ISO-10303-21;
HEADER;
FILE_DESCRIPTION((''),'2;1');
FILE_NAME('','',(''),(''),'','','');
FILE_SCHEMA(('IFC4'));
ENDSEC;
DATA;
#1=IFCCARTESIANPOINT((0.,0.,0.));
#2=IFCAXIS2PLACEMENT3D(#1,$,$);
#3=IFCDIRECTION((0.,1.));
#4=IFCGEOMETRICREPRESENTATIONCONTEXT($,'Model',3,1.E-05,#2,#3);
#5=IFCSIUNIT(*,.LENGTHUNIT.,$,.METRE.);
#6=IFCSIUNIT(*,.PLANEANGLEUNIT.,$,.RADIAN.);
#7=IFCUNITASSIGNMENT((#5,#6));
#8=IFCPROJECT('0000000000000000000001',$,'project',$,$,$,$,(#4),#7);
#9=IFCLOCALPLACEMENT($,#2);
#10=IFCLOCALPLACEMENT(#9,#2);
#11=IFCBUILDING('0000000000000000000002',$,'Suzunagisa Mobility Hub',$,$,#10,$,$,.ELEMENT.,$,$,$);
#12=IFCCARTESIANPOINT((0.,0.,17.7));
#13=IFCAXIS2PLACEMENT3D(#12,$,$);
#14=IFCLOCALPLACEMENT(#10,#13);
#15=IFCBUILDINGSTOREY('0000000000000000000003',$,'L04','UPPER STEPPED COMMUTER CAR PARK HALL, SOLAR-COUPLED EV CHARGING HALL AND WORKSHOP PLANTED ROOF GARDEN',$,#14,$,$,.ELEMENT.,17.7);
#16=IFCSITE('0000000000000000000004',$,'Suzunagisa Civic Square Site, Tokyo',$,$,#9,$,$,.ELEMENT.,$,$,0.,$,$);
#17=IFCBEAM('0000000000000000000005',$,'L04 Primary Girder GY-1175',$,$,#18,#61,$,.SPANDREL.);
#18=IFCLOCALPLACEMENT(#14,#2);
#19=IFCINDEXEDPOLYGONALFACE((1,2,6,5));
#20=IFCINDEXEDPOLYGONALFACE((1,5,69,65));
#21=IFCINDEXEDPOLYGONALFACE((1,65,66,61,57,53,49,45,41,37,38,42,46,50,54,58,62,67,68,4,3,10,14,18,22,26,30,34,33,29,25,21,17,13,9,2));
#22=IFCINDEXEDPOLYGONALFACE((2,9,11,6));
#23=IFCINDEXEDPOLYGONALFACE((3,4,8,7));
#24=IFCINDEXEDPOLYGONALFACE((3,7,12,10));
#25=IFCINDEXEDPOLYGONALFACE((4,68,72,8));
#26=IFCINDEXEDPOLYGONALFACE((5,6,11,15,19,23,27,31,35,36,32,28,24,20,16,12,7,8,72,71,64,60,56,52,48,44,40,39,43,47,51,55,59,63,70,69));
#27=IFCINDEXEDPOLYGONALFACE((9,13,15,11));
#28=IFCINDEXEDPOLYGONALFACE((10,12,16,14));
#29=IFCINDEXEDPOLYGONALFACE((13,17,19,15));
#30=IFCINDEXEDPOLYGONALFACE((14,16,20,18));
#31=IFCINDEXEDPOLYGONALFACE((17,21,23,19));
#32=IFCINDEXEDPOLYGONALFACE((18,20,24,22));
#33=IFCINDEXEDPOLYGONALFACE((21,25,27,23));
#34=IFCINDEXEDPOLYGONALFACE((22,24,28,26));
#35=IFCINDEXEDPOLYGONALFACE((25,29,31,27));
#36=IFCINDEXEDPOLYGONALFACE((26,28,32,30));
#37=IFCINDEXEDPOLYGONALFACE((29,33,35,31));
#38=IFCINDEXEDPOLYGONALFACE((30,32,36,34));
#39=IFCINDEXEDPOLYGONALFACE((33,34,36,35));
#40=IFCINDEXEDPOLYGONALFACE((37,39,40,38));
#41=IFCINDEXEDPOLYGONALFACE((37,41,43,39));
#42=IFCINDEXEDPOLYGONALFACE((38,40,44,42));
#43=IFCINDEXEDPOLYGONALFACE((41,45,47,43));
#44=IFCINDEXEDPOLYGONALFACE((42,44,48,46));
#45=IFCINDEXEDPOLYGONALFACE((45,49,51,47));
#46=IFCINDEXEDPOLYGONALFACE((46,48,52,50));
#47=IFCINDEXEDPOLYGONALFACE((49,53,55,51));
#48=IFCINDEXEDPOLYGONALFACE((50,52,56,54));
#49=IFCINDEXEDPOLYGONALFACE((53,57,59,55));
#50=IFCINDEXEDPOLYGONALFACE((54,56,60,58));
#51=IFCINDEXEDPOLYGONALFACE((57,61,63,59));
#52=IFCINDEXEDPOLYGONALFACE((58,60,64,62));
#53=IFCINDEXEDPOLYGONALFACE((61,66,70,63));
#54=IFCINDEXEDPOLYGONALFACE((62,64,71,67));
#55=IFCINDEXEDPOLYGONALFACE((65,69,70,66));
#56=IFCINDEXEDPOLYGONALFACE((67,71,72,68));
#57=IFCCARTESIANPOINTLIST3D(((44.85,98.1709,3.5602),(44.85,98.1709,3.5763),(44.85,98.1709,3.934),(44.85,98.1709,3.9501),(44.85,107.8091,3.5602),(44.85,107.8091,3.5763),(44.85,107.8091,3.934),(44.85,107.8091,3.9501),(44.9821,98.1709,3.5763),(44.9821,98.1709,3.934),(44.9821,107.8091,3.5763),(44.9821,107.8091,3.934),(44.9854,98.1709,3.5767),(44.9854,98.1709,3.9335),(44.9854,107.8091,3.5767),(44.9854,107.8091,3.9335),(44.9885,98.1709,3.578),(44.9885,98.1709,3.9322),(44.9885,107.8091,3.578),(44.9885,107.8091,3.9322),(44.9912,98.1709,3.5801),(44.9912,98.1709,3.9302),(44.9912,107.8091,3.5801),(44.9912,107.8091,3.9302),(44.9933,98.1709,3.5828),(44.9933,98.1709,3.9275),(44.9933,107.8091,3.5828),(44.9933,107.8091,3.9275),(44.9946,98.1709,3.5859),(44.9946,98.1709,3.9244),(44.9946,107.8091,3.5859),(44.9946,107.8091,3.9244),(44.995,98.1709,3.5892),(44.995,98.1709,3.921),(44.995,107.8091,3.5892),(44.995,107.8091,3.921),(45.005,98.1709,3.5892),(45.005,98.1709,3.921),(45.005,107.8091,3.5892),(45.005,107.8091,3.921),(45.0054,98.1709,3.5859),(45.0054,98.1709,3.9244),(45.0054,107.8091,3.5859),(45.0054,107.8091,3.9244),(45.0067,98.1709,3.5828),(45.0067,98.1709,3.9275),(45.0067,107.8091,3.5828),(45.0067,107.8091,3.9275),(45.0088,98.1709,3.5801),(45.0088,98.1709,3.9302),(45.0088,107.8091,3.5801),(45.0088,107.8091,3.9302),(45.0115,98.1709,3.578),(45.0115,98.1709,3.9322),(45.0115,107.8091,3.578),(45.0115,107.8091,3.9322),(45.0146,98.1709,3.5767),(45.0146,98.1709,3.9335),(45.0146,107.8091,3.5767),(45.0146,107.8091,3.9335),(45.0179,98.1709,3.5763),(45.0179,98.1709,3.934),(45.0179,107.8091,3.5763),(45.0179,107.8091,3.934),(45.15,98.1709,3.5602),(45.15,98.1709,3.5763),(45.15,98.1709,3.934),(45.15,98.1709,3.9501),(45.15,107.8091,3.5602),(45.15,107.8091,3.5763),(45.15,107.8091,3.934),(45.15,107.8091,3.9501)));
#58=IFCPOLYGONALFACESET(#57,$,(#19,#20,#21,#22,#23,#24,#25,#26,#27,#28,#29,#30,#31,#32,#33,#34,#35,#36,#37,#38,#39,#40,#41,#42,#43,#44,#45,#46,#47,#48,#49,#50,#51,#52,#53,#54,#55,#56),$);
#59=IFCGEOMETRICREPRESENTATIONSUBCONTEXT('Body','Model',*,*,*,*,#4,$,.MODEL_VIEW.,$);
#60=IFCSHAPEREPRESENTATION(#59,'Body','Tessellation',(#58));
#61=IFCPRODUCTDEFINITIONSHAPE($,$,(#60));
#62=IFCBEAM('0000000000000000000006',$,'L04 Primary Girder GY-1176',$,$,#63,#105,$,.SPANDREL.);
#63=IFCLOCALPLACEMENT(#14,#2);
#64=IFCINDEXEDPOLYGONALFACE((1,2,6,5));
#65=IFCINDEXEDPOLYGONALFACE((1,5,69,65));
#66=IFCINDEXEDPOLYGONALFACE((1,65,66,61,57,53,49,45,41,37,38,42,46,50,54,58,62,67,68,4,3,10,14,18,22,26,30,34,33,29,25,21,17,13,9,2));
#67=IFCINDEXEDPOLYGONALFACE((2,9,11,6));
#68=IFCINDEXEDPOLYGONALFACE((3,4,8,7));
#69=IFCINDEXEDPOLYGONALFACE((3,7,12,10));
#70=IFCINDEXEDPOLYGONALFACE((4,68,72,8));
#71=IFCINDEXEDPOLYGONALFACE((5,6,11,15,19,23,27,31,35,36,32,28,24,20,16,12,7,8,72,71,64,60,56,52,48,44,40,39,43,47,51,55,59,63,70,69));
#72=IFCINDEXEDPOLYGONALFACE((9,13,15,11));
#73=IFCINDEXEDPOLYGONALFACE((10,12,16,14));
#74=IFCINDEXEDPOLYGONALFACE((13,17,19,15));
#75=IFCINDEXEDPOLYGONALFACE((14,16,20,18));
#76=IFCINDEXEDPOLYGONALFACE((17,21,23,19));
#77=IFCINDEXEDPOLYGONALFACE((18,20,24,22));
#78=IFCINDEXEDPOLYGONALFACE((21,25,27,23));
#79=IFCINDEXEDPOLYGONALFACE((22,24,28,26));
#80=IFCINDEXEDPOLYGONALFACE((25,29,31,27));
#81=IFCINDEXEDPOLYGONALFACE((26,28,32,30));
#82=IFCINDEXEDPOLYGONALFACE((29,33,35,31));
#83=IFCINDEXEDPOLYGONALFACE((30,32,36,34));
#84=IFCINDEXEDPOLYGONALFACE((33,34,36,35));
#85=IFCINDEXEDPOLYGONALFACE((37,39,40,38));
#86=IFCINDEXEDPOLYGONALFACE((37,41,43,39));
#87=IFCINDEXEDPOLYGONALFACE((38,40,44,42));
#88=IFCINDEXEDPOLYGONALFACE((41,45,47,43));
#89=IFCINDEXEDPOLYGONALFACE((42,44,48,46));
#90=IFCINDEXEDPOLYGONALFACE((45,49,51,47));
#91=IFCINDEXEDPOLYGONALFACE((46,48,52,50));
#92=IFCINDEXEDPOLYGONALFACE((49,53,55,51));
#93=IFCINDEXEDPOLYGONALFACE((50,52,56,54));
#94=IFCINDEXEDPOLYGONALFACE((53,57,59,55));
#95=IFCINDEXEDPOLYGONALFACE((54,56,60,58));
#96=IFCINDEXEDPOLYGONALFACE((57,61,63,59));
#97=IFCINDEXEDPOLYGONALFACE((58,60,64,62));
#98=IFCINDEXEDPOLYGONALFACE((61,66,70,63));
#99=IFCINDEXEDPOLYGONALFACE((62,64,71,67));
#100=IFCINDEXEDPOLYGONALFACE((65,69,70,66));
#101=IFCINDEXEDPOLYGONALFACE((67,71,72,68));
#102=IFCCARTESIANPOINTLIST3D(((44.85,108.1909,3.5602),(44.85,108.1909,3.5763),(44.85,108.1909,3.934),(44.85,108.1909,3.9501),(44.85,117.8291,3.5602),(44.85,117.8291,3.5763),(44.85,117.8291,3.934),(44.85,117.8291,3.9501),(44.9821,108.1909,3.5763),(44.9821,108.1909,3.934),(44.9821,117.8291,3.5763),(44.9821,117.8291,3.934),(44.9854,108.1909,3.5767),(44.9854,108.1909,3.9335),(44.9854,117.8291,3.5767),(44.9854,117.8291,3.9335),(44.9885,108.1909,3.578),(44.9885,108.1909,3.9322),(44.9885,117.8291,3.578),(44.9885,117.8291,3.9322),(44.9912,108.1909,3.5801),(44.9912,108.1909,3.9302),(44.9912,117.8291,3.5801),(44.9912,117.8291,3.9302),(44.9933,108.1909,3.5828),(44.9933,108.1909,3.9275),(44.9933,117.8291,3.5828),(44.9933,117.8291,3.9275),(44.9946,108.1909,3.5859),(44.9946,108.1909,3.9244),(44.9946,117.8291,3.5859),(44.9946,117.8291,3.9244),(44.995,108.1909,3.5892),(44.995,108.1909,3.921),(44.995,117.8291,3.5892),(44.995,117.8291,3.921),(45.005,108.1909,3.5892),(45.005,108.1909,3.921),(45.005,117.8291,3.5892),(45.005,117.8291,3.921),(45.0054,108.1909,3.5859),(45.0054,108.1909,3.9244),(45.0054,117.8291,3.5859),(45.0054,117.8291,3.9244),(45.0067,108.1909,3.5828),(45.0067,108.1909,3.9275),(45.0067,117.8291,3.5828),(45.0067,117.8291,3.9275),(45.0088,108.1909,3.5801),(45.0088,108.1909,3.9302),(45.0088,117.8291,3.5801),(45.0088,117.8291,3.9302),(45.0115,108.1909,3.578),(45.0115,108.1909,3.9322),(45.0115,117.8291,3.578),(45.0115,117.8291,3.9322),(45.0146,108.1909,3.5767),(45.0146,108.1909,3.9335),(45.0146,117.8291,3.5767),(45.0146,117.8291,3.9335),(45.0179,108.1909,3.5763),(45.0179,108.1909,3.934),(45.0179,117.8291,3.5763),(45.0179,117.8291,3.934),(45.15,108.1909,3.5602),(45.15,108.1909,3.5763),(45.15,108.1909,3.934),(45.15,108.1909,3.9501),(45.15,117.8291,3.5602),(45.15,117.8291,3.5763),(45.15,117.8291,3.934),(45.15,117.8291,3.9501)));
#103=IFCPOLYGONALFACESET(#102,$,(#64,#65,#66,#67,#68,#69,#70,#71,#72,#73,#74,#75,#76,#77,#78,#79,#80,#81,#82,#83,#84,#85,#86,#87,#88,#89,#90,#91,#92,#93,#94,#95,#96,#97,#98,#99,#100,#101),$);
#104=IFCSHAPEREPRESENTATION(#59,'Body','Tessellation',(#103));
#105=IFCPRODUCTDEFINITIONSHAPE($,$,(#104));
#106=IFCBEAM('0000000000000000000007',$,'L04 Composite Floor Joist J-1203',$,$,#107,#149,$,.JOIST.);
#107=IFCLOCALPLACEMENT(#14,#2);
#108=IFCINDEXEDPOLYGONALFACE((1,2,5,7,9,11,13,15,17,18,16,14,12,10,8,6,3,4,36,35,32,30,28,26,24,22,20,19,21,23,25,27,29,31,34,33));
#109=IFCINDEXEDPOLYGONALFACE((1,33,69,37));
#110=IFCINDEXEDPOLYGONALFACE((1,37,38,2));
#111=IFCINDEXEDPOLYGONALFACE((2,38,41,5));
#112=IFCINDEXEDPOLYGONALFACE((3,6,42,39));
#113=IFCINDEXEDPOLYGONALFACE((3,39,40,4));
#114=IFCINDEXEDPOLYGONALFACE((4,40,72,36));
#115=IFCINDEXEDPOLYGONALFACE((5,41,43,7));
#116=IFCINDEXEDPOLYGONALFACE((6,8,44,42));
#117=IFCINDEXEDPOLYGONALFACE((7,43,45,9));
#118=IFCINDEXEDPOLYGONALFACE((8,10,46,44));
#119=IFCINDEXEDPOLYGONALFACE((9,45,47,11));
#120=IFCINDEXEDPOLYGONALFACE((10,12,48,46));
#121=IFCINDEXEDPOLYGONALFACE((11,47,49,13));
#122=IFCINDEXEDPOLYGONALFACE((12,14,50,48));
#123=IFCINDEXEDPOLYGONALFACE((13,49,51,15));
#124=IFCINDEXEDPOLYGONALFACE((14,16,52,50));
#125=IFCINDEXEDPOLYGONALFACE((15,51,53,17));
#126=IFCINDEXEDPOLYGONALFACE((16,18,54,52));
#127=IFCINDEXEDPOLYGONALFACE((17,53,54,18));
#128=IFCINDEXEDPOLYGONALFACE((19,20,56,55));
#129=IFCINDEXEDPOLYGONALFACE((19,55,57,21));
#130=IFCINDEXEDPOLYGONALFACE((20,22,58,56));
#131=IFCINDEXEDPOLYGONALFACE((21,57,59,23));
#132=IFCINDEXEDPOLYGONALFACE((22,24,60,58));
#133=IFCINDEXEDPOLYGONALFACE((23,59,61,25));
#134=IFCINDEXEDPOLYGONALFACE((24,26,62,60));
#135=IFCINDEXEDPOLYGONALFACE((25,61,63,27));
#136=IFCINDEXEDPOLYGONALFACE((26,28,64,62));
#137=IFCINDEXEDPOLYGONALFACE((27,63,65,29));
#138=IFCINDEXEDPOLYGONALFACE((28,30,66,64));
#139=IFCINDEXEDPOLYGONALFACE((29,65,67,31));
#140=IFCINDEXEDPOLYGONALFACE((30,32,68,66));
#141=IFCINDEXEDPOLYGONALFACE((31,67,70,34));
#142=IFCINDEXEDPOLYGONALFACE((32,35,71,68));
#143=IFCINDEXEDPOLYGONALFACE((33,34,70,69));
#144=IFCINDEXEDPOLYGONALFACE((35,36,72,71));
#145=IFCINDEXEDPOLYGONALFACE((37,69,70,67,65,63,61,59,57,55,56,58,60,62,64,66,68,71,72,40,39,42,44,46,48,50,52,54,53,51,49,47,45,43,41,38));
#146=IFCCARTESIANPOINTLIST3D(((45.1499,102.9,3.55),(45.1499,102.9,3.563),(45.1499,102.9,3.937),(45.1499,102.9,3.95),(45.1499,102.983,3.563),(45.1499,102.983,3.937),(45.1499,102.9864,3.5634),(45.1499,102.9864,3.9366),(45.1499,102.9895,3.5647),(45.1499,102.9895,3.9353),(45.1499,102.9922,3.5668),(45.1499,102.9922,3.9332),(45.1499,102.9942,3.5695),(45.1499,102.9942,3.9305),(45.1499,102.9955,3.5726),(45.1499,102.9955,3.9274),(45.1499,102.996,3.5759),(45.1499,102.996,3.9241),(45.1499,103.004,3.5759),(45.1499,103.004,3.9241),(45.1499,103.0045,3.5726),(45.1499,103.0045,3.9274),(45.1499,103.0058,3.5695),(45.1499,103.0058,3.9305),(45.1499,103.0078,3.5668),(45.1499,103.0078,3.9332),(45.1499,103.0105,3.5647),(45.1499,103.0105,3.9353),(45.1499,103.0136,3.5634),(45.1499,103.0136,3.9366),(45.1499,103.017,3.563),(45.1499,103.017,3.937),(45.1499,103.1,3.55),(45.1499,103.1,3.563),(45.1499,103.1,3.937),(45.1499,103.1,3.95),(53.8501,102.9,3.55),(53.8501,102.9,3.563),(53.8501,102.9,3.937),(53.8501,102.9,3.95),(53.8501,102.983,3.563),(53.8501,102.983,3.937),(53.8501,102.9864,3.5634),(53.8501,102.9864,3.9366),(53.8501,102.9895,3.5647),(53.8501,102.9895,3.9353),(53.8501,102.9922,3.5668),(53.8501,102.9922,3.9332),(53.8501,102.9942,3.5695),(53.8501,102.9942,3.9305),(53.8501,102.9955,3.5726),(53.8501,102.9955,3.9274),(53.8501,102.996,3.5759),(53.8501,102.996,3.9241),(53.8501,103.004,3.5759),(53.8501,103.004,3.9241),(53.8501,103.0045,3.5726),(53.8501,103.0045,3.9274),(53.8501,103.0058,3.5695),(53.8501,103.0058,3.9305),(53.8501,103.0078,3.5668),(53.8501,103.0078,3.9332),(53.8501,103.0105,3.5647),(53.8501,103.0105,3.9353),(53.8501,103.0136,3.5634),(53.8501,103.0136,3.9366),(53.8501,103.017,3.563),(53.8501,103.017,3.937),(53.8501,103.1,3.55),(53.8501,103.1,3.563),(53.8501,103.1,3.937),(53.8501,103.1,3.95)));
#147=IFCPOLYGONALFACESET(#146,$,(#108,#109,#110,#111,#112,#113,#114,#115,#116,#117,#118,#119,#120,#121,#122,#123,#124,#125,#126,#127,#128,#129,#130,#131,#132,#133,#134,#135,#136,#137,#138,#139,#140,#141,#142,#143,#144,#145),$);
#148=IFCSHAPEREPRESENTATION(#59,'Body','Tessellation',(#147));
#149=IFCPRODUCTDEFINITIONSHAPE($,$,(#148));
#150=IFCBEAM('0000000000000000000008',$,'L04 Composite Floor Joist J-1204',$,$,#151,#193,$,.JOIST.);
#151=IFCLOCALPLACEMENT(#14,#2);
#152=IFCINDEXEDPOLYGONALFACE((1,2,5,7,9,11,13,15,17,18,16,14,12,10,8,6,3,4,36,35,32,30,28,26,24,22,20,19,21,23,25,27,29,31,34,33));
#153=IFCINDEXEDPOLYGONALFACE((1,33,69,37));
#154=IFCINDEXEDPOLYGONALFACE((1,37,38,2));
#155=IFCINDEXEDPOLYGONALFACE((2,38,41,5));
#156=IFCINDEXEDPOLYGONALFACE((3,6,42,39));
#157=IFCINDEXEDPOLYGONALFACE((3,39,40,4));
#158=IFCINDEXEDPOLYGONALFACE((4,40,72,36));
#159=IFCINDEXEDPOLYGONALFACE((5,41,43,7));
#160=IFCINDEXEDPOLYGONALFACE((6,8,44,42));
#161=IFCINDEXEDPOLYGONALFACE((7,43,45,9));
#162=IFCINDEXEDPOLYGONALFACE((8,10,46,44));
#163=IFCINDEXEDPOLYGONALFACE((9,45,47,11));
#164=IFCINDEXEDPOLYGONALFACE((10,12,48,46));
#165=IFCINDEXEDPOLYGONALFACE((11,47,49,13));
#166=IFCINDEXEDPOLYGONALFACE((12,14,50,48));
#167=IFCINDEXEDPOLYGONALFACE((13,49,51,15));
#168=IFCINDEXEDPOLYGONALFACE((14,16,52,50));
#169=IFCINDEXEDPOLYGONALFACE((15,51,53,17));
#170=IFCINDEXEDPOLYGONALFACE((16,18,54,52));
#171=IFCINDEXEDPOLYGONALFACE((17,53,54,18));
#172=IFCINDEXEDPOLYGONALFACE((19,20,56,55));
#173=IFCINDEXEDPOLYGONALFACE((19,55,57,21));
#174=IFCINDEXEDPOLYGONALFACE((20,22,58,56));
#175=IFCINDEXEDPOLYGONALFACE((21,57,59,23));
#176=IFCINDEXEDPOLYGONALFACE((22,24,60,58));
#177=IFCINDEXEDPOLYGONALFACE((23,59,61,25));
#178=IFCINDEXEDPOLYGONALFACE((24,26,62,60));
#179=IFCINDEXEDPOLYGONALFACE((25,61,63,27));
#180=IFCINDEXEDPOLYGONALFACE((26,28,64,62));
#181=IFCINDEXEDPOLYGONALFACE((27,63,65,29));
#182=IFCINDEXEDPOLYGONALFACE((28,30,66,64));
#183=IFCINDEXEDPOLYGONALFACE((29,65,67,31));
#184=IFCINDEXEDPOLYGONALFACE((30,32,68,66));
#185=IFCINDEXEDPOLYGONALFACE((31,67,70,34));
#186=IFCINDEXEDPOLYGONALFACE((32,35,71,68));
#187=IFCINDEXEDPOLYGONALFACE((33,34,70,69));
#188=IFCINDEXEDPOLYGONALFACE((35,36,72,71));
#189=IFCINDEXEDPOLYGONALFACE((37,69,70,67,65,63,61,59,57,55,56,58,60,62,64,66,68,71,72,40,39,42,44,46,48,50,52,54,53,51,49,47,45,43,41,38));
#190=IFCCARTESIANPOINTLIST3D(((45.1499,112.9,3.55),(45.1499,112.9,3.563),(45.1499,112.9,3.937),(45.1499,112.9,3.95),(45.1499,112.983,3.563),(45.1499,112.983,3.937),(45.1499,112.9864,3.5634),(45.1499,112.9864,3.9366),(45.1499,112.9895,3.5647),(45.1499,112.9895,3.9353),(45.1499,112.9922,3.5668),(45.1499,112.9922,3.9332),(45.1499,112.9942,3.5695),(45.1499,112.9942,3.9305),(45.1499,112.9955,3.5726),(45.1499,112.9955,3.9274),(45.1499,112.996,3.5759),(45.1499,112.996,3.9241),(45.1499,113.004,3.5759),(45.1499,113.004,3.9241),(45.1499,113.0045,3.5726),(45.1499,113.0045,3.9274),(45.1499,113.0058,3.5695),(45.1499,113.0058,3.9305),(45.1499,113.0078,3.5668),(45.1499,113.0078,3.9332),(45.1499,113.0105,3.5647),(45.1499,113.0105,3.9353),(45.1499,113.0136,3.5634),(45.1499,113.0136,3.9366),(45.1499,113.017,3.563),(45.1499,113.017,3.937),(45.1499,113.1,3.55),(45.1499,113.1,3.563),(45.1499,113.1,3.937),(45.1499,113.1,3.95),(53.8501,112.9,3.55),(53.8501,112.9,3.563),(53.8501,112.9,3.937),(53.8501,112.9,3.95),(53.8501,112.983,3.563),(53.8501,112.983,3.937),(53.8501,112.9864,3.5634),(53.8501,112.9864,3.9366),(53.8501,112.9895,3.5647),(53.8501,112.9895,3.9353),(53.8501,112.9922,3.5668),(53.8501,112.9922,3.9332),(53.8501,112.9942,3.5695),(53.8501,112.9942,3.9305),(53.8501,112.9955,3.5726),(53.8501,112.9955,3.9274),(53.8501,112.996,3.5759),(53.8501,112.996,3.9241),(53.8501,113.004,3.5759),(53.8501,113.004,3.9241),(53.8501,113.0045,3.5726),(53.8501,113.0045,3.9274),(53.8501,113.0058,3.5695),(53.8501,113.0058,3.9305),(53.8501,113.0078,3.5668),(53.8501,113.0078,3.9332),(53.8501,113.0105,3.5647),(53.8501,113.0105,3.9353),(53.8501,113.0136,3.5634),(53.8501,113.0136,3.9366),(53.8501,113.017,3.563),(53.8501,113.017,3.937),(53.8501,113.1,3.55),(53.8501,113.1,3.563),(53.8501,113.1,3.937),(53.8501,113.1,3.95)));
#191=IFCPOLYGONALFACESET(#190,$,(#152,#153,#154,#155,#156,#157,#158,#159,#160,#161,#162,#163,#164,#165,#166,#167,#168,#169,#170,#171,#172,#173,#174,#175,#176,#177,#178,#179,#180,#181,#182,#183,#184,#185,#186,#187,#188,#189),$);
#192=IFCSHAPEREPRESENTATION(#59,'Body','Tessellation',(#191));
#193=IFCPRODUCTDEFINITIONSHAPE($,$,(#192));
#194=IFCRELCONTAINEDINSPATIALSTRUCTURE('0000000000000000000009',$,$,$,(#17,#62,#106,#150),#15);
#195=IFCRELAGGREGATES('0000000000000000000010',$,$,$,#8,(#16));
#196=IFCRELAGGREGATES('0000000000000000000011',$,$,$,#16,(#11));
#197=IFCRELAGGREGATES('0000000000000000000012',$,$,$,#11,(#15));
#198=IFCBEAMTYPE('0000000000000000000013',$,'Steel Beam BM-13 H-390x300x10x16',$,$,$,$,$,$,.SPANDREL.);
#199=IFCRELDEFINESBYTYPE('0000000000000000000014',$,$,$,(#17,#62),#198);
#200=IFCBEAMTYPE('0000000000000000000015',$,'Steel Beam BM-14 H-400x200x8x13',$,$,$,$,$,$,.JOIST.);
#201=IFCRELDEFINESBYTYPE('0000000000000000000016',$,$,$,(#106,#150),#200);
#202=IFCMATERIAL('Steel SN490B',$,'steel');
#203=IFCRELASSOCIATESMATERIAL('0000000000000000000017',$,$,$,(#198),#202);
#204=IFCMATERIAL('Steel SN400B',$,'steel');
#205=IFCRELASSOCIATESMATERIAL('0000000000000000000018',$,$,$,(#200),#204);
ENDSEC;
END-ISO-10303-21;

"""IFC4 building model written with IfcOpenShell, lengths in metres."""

from ifc_helpers import new_model, si_unit, direction, frame, origin, origin_2d, place, context, subcontext, project, spatial, i_section, extrude, material, material_profile, profile_set, type_object, element, save


model = new_model("IFC4")

# Units and contexts
model_context = context("Model", 3, precision=1e-05, world=origin(), true_north=direction((0.0, 1.0)))
body_context = subcontext(model_context, "Body", "Model", "MODEL_VIEW")
ifc_project = project(units=[si_unit("LENGTHUNIT", "METRE"), si_unit("PLANEANGLEUNIT", "RADIAN")], contexts=[model_context])

# Site, building, storey
site_placement = place(None, origin())
site = spatial("IfcSite", under=ifc_project, at=site_placement, Name="Suzunagisa Civic Square Site, Tokyo", CompositionType="ELEMENT", RefElevation=0.0)
building_placement = place(site_placement, origin())
building = spatial("IfcBuilding", under=site, at=building_placement, Name="Suzunagisa Mobility Hub", CompositionType="ELEMENT")
storey_placement = place(building_placement, frame((0.0, 0.0, 17.7)))
storey = spatial("IfcBuildingStorey", under=building, at=storey_placement, Name="L04", Description="UPPER STEPPED COMMUTER CAR PARK HALL, SOLAR-COUPLED EV CHARGING HALL AND WORKSHOP PLANTED ROOF GARDEN", CompositionType="ELEMENT", Elevation=17.7)

# Shared definitions
ifc_material_1 = material(Name="Steel SN490B", Category="steel")

# Beams
ifc_material_profile_1 = material_profile(ifc_material_1, i_section(OverallWidth=0.3, OverallDepth=0.3899, WebThickness=0.01, FlangeThickness=0.0161, FilletRadius=0.0129, at=origin_2d()), Name="H-390x300x10x16")
ifc_profile_set_1 = profile_set([ifc_material_profile_1], Name="Steel SN490B")
beam_type_1 = type_object("IfcBeamType", Name="Steel Beam BM-13 H-390x300x10x16", PredefinedType="SPANDREL", material=ifc_profile_set_1)
for number, where, z_axis, x_axis, name in (
    (1, (45.0, 98.1709, 3.7551), (0.0, 1.0, 0.0), (-1.0, 0.0, 0.0), "L04 Primary Girder GY-1175"),
    (2, (45.0, 108.1909, 3.7551), (0.0, 1.0, 0.0), (-1.0, 0.0, 0.0), "L04 Primary Girder GY-1176"),
):
    element("IfcBeam", number, at=place(storey_placement, frame(where, z_axis=z_axis, x_axis=x_axis)), inside=storey, type_object=beam_type_1, Name=name, PredefinedType="SPANDREL", context=body_context, shape_type="SweptSolid", body=[
        extrude(i_section(OverallWidth=0.3, OverallDepth=0.3899, WebThickness=0.01, FlangeThickness=0.0161, FilletRadius=0.0129, at=origin_2d()), origin(), (0.0, 0.0, 1.0), 9.6382),
    ])
ifc_material_2 = material(Name="Steel SN400B", Category="steel")
ifc_material_profile_2 = material_profile(ifc_material_2, i_section(OverallWidth=0.2, OverallDepth=0.3999, WebThickness=0.0081, FlangeThickness=0.0129, FilletRadius=0.0129, at=origin_2d()), Name="H-400x200x8x13")
ifc_profile_set_2 = profile_set([ifc_material_profile_2], Name="Steel SN400B")
beam_type_2 = type_object("IfcBeamType", Name="Steel Beam BM-14 H-400x200x8x13", PredefinedType="JOIST", material=ifc_profile_set_2)
for number, where, z_axis, x_axis, name in (
    (3, (45.1499, 103.0, 3.75), (1.0, 0.0, 0.0), (0.0, 1.0, 0.0), "L04 Composite Floor Joist J-1203"),
    (4, (45.1499, 113.0, 3.75), (1.0, 0.0, 0.0), (0.0, 1.0, 0.0), "L04 Composite Floor Joist J-1204"),
):
    element("IfcBeam", number, at=place(storey_placement, frame(where, z_axis=z_axis, x_axis=x_axis)), inside=storey, type_object=beam_type_2, Name=name, PredefinedType="JOIST", context=body_context, shape_type="SweptSolid", body=[
        extrude(i_section(OverallWidth=0.2, OverallDepth=0.3999, WebThickness=0.0081, FlangeThickness=0.0129, FilletRadius=0.0129, at=origin_2d()), origin(), (0.0, 0.0, 1.0), 8.7002),
    ])

save(model, "model.ifc")
